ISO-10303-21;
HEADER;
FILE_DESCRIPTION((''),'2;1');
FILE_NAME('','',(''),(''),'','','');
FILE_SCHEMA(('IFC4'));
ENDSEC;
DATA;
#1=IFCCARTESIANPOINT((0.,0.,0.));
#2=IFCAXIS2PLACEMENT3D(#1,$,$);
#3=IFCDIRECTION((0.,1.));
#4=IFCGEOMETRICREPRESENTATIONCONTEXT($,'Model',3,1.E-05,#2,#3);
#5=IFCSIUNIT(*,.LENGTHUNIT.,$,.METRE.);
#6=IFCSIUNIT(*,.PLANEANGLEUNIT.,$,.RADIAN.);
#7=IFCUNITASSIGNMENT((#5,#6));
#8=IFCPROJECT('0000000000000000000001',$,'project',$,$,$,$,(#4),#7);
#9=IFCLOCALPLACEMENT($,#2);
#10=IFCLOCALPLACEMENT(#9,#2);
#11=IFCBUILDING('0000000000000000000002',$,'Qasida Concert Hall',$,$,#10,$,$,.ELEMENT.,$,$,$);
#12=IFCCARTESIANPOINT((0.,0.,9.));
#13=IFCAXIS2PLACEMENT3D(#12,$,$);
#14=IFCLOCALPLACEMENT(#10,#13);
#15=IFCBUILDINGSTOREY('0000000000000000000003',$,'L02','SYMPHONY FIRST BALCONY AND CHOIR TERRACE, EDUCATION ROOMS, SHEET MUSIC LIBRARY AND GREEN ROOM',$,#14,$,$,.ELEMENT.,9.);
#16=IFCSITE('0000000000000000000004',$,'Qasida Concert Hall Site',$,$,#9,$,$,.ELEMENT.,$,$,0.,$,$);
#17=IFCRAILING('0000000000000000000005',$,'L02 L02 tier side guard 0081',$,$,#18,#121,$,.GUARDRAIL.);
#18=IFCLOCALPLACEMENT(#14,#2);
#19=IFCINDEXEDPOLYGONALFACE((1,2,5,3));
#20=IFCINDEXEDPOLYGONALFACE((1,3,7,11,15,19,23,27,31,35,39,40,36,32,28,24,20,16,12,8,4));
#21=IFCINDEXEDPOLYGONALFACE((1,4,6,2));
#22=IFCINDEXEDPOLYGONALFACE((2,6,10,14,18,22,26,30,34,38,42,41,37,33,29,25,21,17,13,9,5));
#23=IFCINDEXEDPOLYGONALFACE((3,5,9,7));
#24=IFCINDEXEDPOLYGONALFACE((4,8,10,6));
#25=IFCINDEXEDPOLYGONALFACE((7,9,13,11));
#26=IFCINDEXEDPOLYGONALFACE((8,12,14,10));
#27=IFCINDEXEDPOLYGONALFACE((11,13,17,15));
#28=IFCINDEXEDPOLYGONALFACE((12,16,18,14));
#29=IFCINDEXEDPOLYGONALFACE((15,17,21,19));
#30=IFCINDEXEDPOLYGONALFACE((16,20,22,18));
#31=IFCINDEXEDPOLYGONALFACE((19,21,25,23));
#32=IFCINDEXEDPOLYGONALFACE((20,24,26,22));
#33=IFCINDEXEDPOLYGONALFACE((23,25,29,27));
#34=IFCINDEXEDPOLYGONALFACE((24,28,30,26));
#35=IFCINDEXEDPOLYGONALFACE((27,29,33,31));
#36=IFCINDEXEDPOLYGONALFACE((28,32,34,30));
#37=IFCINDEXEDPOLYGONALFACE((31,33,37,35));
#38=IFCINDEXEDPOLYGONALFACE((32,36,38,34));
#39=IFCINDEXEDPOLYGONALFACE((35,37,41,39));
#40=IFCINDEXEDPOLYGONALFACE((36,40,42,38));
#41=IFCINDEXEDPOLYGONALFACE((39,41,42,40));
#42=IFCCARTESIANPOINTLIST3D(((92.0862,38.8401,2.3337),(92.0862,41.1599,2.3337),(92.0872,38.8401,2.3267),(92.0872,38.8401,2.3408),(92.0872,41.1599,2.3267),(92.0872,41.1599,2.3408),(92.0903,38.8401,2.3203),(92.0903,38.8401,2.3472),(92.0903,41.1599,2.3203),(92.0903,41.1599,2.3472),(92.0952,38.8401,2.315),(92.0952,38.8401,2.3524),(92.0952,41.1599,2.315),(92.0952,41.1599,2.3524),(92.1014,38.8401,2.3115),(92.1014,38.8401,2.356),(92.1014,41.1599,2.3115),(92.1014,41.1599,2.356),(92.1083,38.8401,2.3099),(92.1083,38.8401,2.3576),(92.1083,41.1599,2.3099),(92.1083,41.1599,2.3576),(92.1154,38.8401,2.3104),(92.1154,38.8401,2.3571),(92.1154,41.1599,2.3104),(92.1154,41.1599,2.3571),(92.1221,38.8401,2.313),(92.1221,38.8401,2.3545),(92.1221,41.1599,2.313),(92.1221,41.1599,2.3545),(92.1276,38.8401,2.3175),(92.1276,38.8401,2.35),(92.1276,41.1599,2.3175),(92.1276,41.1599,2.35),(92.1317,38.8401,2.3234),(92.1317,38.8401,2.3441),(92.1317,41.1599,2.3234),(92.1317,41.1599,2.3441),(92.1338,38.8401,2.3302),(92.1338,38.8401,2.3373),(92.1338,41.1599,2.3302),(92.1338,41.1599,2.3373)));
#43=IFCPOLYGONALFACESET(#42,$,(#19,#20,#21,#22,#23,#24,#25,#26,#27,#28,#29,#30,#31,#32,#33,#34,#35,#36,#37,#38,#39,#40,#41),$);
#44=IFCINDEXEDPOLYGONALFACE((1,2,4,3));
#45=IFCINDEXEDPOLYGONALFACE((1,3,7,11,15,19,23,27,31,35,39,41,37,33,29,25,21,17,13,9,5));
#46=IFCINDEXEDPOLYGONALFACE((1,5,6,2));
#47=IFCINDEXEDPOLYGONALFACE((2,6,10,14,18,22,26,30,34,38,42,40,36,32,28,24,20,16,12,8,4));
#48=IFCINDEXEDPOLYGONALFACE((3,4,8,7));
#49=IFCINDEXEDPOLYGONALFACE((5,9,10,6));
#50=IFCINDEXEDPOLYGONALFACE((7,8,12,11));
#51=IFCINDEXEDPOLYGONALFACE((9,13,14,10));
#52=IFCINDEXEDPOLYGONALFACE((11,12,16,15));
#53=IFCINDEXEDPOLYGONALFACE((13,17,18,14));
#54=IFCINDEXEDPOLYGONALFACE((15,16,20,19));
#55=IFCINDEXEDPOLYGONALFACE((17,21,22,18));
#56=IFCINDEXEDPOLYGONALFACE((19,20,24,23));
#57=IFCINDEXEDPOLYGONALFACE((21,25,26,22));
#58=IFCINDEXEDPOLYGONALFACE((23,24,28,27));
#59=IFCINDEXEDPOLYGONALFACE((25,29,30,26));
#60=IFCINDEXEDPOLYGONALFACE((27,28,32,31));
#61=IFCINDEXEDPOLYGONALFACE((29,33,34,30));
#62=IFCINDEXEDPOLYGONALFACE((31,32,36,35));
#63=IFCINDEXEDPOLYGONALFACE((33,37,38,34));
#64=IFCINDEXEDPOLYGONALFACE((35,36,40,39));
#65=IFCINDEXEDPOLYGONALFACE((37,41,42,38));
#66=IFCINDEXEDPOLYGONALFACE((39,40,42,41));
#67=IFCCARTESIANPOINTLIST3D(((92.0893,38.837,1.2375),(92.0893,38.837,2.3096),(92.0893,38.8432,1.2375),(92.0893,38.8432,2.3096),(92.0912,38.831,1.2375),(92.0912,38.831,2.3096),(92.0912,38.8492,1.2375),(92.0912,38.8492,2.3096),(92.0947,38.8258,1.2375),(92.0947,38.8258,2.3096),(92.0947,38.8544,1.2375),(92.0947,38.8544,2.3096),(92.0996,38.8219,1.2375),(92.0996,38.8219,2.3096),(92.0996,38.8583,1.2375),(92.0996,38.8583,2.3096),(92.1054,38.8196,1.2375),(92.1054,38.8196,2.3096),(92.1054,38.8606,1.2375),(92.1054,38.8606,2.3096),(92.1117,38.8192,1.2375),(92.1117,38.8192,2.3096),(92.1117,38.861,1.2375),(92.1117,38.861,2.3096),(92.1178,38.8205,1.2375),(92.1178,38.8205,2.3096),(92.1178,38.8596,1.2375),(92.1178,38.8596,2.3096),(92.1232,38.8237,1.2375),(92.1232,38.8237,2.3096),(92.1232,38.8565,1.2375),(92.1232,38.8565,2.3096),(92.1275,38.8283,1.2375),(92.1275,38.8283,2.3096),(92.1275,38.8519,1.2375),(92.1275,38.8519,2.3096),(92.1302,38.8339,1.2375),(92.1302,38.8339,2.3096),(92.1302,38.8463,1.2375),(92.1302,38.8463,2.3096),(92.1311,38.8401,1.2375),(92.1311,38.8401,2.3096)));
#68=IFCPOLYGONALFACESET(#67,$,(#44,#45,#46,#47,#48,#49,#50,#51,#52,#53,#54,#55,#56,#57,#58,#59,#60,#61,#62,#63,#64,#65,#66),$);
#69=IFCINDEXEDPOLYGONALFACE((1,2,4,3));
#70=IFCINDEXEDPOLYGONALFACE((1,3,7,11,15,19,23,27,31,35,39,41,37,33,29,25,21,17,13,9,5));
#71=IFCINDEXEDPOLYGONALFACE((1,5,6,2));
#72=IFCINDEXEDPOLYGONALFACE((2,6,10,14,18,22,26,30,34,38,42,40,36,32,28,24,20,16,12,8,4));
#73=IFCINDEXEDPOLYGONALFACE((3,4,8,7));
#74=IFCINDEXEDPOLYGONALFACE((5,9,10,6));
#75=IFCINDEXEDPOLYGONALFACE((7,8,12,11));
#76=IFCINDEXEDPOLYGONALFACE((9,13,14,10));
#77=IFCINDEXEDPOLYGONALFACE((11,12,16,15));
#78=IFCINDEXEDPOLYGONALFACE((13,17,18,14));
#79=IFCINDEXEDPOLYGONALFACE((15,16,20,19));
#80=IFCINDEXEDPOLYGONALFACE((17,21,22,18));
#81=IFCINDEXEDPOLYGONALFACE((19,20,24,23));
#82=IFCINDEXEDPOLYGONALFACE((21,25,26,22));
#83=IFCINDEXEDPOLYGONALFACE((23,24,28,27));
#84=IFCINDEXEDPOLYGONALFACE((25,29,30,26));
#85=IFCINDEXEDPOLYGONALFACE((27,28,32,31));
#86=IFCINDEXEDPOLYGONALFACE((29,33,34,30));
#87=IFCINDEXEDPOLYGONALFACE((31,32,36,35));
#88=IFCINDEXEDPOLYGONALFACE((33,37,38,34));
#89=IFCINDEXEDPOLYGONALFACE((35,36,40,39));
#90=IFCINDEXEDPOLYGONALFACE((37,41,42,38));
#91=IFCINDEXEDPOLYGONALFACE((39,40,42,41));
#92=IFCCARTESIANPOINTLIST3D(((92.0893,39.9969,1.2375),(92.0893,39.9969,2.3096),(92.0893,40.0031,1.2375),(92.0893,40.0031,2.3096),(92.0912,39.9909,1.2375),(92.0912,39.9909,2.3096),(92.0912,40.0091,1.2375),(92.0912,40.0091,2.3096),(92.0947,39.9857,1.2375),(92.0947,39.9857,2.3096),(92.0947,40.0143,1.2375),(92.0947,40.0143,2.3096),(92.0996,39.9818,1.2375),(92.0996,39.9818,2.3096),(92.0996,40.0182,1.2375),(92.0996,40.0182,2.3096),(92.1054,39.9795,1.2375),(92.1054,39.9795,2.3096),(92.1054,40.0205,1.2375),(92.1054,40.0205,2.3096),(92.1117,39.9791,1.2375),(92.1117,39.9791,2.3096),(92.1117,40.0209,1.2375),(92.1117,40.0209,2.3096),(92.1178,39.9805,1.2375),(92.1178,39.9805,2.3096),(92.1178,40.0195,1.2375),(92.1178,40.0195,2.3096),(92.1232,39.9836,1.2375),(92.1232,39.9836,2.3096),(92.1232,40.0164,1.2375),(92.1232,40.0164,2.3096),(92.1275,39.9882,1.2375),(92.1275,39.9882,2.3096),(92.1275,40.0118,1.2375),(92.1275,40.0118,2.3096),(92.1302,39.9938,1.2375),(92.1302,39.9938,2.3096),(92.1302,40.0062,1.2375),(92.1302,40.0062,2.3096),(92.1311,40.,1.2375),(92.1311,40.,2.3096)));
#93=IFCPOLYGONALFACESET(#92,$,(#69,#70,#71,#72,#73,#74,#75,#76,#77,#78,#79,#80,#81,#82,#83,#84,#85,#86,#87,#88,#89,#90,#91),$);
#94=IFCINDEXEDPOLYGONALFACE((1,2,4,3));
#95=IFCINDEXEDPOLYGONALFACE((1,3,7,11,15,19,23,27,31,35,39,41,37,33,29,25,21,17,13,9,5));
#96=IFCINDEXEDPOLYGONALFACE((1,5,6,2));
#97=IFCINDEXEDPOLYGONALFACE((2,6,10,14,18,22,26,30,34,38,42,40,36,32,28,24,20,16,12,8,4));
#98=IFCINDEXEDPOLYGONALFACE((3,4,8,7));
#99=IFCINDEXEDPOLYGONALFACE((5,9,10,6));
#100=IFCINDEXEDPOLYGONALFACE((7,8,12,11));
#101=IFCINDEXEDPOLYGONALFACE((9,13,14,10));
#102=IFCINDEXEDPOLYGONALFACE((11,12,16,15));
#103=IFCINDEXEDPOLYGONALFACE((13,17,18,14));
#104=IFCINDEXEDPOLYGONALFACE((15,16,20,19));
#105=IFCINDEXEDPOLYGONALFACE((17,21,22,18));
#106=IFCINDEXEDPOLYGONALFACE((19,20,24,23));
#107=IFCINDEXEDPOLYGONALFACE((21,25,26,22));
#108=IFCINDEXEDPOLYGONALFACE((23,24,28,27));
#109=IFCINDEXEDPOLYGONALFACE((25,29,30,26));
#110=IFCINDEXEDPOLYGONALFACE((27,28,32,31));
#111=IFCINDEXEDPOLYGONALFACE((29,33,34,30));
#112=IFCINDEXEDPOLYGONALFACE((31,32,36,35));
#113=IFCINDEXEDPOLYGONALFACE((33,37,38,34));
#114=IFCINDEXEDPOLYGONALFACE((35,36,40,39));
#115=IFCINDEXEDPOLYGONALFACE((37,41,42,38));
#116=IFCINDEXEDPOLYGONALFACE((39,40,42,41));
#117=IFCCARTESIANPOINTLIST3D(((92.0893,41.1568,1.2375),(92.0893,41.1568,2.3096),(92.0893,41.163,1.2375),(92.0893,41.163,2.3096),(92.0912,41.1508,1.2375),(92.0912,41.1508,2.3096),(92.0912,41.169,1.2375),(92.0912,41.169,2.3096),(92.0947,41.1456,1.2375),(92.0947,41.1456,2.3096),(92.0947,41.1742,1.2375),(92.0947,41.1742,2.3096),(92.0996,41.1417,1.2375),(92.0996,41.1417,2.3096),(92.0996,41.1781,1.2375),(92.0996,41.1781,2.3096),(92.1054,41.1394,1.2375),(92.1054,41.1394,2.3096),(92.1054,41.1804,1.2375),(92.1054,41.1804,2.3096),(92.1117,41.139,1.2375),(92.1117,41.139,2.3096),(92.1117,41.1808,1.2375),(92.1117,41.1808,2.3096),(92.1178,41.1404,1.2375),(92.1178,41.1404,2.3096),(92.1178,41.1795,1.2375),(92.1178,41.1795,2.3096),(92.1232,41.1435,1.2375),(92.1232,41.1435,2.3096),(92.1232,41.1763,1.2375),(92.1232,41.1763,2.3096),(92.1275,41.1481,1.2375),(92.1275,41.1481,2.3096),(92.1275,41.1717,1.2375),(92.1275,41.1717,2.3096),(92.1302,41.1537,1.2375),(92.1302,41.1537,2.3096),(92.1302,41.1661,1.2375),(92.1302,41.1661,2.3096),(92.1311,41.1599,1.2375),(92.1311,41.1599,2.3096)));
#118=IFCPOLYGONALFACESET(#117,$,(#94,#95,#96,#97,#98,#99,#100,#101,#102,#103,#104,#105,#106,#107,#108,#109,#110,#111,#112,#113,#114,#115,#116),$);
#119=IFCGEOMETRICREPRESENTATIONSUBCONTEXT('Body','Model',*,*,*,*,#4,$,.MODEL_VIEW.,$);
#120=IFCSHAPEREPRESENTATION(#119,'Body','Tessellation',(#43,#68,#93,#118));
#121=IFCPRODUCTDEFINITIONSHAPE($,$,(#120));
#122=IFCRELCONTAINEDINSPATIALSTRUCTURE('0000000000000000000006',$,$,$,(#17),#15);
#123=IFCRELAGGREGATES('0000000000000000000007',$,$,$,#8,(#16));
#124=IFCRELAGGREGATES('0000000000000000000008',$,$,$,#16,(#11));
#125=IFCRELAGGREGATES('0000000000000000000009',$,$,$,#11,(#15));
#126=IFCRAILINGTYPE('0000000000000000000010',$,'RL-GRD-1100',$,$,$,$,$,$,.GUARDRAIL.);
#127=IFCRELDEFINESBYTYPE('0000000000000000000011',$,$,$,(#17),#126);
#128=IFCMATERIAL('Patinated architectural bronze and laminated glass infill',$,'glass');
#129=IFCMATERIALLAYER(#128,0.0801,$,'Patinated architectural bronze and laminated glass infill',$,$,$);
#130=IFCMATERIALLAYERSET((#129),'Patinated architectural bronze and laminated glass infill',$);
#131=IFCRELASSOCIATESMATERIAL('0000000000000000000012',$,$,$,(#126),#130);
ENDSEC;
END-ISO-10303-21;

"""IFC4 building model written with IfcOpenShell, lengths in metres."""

from ifc_helpers import new_model, si_unit, direction, frame, origin, origin_2d, place, context, subcontext, project, spatial, circle, extrude, material, layer, layer_set, type_object, element, save


model = new_model("IFC4")

# Units and contexts
model_context = context("Model", 3, precision=1e-05, world=origin(), true_north=direction((0.0, 1.0)))
body_context = subcontext(model_context, "Body", "Model", "MODEL_VIEW")
ifc_project = project(units=[si_unit("LENGTHUNIT", "METRE"), si_unit("PLANEANGLEUNIT", "RADIAN")], contexts=[model_context])

# Site, building, storey
site_placement = place(None, origin())
site = spatial("IfcSite", under=ifc_project, at=site_placement, Name="Qasida Concert Hall Site", CompositionType="ELEMENT", RefElevation=0.0)
building_placement = place(site_placement, origin())
building = spatial("IfcBuilding", under=site, at=building_placement, Name="Qasida Concert Hall", CompositionType="ELEMENT")
storey_placement = place(building_placement, frame((0.0, 0.0, 9.0)))
storey = spatial("IfcBuildingStorey", under=building, at=storey_placement, Name="L02", Description="SYMPHONY FIRST BALCONY AND CHOIR TERRACE, EDUCATION ROOMS, SHEET MUSIC LIBRARY AND GREEN ROOM", CompositionType="ELEMENT", Elevation=9.0)

# Railing
ifc_material_1 = material(Name="Patinated architectural bronze and laminated glass infill", Category="glass")
ifc_layer_1 = layer(ifc_material_1, 0.0801, Name="Patinated architectural bronze and laminated glass infill")
ifc_layer_set_1 = layer_set([ifc_layer_1], Name="Patinated architectural bronze and laminated glass infill")
railing_type_1 = type_object("IfcRailingType", Name="RL-GRD-1100", PredefinedType="GUARDRAIL", material=ifc_layer_set_1)
railing_1_placement = place(storey_placement, frame((92.1101, 38.8401, 1.2375)))
element("IfcRailing", 1, at=railing_1_placement, inside=storey, type_object=railing_type_1, Name="L02 L02 tier side guard 0081", PredefinedType="GUARDRAIL", context=body_context, shape_type="SweptSolid", body=[
    extrude(circle(Radius=0.0239, at=origin_2d()), frame((0.0, 0.0, 1.0962), z_axis=(0.0, 1.0, 0.0), x_axis=(-1.0, 0.0, 0.0)), (0.0, 0.0, 1.0), 2.3198),
    extrude(circle(Radius=0.021, at=origin_2d()), origin(), (0.0, 0.0, 1.0), 1.072),
    extrude(circle(Radius=0.021, at=origin_2d()), frame((0.0, 1.1599, 0.0)), (0.0, 0.0, 1.0), 1.072),
    extrude(circle(Radius=0.021, at=origin_2d()), frame((0.0, 2.3198, 0.0)), (0.0, 0.0, 1.0), 1.072),
])

save(model, "model.ifc")
